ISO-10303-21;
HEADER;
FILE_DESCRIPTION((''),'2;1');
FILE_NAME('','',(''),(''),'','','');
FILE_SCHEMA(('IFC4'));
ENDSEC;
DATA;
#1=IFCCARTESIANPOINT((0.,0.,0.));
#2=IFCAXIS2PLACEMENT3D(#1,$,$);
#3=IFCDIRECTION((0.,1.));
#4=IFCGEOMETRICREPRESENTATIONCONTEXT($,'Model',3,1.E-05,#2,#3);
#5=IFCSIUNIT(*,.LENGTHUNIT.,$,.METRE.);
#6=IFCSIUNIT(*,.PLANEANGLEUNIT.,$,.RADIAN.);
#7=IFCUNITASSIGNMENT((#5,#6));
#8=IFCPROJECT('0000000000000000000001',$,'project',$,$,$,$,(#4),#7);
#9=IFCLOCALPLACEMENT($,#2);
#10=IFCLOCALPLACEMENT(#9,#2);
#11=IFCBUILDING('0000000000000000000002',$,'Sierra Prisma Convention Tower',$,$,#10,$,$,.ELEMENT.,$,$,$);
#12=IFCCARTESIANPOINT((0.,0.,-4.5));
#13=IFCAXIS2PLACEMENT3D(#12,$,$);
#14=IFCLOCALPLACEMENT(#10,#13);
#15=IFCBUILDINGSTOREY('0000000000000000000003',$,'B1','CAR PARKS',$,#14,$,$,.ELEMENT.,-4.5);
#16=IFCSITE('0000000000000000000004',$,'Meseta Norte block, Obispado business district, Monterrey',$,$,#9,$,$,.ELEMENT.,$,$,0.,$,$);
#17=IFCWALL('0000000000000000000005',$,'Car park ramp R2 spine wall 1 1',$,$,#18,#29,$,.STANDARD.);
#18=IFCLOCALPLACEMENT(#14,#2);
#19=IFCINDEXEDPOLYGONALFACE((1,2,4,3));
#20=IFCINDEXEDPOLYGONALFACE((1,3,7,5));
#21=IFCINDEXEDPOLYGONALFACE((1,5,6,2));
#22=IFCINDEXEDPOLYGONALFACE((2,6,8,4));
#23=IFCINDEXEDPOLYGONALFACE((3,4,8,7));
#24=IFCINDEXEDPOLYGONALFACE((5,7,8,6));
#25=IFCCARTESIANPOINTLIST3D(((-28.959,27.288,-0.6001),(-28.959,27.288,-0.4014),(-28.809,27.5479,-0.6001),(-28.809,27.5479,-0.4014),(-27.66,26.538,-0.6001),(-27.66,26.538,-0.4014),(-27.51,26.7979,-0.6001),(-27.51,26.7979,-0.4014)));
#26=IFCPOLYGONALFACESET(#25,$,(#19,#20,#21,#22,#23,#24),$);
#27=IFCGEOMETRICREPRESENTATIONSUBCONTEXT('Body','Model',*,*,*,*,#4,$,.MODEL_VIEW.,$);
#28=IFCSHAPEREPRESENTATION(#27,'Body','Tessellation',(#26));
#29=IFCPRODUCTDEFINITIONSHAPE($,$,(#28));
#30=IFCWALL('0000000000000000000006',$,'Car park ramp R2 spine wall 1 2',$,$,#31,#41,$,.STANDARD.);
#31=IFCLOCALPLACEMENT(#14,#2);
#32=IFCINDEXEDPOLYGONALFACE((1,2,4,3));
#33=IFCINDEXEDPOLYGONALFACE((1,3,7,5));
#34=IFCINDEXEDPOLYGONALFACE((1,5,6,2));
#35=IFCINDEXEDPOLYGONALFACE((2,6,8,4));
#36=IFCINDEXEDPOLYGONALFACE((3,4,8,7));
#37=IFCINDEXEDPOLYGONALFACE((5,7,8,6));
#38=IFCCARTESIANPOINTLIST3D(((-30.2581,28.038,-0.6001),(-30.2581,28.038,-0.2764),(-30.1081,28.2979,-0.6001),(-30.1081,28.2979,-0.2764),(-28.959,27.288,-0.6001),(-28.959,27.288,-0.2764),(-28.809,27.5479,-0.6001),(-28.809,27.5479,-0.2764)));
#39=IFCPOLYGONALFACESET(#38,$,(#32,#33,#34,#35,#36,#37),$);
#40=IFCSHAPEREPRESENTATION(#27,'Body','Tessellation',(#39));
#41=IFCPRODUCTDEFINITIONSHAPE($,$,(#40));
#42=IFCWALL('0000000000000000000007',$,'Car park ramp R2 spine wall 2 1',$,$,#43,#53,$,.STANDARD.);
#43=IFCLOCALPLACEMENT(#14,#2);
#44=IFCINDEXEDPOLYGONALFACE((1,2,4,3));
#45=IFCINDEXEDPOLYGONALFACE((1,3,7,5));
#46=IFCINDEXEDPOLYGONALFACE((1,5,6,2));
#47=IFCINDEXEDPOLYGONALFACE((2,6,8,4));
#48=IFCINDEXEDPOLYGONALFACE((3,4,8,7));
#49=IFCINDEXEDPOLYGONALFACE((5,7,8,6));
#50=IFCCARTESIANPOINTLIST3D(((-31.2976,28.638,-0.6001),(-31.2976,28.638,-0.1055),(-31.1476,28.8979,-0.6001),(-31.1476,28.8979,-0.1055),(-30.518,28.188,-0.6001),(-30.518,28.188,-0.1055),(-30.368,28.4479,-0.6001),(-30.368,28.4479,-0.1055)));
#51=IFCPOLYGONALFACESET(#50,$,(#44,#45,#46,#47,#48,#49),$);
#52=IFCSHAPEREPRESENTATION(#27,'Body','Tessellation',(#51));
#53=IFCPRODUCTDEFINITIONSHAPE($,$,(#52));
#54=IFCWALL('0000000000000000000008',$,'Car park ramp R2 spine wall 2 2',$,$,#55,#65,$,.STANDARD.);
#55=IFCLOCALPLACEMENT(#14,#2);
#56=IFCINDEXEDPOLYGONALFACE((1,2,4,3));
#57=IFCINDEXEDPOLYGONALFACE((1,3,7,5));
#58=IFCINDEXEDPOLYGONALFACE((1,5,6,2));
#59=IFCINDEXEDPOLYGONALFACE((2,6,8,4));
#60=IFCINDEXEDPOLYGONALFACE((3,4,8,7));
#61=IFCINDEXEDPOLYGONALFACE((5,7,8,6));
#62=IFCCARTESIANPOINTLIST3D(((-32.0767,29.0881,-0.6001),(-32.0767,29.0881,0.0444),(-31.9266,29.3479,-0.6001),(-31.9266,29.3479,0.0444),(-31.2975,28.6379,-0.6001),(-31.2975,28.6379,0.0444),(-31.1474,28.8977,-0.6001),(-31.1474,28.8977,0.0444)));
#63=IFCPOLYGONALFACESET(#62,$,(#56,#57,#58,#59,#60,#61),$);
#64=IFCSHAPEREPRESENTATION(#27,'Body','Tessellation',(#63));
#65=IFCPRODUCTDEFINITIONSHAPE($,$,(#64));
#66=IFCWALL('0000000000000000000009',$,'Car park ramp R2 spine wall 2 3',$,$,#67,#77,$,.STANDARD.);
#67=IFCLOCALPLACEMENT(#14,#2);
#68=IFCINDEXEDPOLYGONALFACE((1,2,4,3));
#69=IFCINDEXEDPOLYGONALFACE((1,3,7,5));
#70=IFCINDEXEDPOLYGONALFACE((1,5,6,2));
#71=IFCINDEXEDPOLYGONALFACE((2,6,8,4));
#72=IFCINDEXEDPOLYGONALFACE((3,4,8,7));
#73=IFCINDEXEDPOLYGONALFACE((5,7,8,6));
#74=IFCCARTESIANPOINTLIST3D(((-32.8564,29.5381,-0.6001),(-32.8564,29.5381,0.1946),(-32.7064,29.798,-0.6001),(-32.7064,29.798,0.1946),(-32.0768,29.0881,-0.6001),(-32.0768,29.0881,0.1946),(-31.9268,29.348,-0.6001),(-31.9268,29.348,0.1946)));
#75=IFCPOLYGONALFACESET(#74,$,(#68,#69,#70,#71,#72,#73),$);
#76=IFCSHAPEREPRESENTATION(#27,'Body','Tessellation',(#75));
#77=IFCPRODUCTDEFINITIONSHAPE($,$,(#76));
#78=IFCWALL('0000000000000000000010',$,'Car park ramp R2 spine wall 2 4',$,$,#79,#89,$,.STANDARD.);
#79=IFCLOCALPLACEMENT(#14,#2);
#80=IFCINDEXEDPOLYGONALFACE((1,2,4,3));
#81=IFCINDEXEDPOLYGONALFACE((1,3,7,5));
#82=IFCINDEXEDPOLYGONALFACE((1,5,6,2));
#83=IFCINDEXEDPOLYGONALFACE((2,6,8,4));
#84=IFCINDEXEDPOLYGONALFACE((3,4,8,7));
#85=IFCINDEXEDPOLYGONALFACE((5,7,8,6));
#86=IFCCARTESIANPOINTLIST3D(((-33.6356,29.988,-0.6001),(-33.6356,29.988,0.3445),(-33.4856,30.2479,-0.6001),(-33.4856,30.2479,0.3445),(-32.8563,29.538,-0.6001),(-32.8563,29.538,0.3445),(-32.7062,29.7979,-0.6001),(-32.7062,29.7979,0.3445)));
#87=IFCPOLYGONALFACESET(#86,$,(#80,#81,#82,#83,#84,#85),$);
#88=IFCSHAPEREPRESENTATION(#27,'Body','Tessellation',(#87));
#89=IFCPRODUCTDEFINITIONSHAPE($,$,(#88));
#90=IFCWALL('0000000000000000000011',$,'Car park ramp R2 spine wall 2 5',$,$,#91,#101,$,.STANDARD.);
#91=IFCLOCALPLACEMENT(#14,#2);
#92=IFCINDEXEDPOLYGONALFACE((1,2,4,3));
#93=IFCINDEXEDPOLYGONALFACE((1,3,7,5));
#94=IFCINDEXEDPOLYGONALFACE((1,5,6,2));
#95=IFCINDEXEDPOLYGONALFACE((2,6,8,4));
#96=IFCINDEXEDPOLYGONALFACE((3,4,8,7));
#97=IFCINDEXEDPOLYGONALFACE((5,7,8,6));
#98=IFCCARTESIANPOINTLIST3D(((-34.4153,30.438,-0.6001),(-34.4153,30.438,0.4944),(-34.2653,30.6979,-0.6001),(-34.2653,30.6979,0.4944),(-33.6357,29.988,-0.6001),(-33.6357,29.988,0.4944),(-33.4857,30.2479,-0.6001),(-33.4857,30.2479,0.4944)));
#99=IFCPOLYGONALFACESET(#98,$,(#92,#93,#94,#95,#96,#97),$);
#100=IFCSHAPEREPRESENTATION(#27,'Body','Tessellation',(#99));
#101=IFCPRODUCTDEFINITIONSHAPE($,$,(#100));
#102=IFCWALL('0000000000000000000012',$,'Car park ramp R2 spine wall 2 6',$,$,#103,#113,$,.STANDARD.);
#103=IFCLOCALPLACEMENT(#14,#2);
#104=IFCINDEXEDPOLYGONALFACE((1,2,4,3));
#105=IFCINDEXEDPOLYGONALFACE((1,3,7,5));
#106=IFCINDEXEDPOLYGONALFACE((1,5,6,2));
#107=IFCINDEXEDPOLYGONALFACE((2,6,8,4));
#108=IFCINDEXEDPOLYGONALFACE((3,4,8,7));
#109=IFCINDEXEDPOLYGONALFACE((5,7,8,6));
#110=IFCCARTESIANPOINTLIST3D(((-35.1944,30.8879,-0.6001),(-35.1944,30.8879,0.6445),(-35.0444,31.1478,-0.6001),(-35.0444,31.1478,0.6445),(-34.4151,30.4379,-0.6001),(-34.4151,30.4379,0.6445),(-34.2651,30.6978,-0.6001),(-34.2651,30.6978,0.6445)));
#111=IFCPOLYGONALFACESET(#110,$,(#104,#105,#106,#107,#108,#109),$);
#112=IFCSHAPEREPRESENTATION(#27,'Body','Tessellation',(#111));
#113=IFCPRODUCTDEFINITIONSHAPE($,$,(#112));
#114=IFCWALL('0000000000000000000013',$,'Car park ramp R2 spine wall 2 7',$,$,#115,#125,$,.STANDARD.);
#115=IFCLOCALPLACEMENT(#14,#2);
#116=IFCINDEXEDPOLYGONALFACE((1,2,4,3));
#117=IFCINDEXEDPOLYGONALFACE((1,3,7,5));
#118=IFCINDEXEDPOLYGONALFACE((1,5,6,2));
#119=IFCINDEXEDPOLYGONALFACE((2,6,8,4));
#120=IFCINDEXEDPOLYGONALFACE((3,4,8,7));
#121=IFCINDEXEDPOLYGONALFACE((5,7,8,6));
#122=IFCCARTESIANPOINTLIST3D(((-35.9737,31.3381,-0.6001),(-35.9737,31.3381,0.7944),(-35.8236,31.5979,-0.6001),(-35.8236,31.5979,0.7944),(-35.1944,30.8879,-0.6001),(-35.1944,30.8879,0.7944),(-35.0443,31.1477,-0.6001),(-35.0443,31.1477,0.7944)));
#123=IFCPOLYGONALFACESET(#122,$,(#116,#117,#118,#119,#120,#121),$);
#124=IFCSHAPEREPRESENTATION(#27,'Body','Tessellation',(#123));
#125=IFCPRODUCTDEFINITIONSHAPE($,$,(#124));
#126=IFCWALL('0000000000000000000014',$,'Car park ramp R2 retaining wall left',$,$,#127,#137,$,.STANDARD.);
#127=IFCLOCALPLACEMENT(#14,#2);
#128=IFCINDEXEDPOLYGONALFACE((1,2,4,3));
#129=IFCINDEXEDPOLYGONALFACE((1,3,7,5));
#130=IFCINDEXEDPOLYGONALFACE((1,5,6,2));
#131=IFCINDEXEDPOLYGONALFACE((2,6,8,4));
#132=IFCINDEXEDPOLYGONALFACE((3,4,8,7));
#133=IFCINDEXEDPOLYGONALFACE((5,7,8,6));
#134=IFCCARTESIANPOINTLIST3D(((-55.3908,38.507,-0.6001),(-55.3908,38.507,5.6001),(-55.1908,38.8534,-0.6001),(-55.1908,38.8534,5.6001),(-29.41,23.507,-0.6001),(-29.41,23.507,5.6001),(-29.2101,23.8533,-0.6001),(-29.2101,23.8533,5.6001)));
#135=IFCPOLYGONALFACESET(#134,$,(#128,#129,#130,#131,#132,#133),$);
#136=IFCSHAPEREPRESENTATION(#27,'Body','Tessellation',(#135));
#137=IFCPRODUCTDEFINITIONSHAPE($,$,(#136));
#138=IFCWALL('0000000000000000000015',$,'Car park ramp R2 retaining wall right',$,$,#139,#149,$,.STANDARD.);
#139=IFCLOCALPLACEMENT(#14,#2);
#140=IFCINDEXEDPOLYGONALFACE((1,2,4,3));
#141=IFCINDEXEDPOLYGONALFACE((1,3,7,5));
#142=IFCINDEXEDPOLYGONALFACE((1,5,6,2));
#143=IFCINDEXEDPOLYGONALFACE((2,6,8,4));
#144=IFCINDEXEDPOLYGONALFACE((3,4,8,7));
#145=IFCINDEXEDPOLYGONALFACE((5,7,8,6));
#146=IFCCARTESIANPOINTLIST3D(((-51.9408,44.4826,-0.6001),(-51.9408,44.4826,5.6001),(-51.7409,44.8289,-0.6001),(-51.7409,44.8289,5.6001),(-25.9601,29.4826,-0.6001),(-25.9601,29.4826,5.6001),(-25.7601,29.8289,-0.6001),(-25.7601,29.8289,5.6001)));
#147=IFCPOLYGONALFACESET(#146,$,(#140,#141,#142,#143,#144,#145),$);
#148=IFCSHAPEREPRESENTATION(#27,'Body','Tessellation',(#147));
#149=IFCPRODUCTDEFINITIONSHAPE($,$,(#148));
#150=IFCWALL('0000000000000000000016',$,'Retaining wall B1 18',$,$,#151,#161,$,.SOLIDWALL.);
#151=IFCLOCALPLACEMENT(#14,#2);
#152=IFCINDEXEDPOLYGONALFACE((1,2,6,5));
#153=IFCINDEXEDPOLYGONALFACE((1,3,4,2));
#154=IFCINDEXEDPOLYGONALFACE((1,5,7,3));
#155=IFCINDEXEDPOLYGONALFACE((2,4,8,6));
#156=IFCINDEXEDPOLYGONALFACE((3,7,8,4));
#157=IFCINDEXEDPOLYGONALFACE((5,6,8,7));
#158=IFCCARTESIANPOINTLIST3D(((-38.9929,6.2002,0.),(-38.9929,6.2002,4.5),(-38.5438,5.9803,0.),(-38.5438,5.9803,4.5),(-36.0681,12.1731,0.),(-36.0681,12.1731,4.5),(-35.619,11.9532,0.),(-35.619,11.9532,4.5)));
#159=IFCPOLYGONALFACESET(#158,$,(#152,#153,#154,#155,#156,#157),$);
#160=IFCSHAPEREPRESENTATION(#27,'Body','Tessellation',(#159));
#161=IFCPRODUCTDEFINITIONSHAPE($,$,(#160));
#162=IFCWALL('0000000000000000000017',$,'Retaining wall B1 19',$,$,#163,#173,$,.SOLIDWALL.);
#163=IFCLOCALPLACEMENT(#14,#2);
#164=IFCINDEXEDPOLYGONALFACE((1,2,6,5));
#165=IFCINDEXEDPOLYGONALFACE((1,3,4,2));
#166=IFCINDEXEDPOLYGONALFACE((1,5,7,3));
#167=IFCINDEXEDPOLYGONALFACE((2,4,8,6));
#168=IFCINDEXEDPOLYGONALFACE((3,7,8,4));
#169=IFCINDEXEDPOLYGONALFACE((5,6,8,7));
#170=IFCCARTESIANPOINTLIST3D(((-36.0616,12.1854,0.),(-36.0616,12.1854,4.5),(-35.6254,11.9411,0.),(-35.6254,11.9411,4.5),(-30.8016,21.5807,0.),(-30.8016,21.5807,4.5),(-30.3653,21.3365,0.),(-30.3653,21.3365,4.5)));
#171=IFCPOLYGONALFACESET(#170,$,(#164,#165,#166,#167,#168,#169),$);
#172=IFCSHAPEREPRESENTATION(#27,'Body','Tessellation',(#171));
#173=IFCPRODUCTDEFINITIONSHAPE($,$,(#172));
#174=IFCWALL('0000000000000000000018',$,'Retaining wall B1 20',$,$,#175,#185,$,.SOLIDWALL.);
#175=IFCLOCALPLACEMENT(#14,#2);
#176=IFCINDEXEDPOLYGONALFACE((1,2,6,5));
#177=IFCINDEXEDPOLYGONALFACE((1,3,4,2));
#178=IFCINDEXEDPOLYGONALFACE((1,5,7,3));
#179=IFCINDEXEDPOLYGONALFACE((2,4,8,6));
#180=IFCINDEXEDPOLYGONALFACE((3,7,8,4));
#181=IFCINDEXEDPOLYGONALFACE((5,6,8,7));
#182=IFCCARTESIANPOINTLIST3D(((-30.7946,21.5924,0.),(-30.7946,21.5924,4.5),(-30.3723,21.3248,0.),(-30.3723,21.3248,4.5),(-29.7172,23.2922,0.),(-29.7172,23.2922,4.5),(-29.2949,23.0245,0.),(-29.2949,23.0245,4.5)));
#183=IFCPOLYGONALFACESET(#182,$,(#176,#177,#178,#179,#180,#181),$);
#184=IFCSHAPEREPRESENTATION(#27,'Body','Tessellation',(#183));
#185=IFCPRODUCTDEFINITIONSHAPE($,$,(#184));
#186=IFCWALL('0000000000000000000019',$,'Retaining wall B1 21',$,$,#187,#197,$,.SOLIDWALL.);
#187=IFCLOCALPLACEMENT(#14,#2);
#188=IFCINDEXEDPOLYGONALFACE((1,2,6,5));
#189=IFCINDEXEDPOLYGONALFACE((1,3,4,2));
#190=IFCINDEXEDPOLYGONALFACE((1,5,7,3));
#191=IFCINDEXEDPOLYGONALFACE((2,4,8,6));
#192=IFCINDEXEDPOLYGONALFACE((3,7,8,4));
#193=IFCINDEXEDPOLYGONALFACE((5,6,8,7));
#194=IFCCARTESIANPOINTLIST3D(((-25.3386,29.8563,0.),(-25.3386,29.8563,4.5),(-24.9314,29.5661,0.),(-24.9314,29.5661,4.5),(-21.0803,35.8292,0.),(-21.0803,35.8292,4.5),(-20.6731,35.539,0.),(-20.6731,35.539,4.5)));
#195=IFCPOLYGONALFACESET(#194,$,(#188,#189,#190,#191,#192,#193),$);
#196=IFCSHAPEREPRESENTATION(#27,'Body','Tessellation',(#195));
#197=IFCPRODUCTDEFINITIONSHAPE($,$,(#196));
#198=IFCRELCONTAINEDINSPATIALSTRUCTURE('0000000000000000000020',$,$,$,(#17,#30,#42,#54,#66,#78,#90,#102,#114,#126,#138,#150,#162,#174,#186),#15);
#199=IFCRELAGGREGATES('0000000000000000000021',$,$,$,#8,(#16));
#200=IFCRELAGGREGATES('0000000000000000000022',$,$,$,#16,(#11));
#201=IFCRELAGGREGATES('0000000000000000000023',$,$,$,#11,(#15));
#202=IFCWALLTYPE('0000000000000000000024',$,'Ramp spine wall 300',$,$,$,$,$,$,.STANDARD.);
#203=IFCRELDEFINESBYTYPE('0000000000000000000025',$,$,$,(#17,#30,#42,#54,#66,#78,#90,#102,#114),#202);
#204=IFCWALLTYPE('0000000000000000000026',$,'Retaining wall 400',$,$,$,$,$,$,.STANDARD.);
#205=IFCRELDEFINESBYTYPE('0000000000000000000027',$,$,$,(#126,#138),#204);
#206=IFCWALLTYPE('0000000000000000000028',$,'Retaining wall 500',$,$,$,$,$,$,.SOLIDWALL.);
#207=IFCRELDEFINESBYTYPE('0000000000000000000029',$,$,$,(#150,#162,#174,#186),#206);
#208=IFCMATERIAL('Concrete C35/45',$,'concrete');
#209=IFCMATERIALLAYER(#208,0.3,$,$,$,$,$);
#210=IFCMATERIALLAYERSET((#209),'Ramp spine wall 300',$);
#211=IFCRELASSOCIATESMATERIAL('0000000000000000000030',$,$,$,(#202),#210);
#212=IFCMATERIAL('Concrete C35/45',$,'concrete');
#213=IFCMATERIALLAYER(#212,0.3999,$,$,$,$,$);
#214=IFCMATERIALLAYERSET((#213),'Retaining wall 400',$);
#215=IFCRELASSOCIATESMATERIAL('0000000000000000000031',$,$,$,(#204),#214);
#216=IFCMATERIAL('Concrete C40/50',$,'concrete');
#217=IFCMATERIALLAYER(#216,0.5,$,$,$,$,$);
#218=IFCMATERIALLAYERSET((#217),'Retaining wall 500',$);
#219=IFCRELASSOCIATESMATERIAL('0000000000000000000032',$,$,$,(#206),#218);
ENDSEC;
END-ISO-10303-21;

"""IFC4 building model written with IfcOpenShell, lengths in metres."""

from ifc_helpers import new_model, si_unit, direction, frame, frame_2d, origin, place, context, subcontext, project, spatial, rectangle, extrude, material, layer, layer_set, type_object, element, save


model = new_model("IFC4")

# Units and contexts
model_context = context("Model", 3, precision=1e-05, world=origin(), true_north=direction((0.0, 1.0)))
body_context = subcontext(model_context, "Body", "Model", "MODEL_VIEW")
ifc_project = project(units=[si_unit("LENGTHUNIT", "METRE"), si_unit("PLANEANGLEUNIT", "RADIAN")], contexts=[model_context])

# Site, building, storey
site_placement = place(None, origin())
site = spatial("IfcSite", under=ifc_project, at=site_placement, Name="Meseta Norte block, Obispado business district, Monterrey", CompositionType="ELEMENT", RefElevation=0.0)
building_placement = place(site_placement, origin())
building = spatial("IfcBuilding", under=site, at=building_placement, Name="Sierra Prisma Convention Tower", CompositionType="ELEMENT")
storey_placement = place(building_placement, frame((0.0, 0.0, -4.5)))
storey = spatial("IfcBuildingStorey", under=building, at=storey_placement, Name="B1", Description="CAR PARKS", CompositionType="ELEMENT", Elevation=-4.5)

# Walls
ifc_material_1 = material(Name="Concrete C35/45", Category="concrete")
ifc_layer_1 = layer(ifc_material_1, 0.3)
ifc_layer_set_1 = layer_set([ifc_layer_1], Name="Ramp spine wall 300")
wall_type_1 = type_object("IfcWallType", Name="Ramp spine wall 300", PredefinedType="STANDARD", material=ifc_layer_set_1)
wall_1_placement = place(storey_placement, frame((-27.585, 26.668, -0.6001), z_axis=(0.0, 0.0, 1.0), x_axis=(-0.866031, 0.49999, 0.0)))
element("IfcWall", 1, at=wall_1_placement, inside=storey, type_object=wall_type_1, Name="Car park ramp R2 spine wall 1 1", PredefinedType="STANDARD", context=body_context, shape_type="SweptSolid", body=[
    extrude(rectangle(XDim=1.5, YDim=0.3, at=frame_2d((0.75, 0.0))), origin(), (0.0, 0.0, 1.0), 0.1987),
])
wall_2_placement = place(storey_placement, frame((-28.884, 27.418, -0.6001), z_axis=(0.0, 0.0, 1.0), x_axis=(-0.866031, 0.49999, 0.0)))
element("IfcWall", 2, at=wall_2_placement, inside=storey, type_object=wall_type_1, Name="Car park ramp R2 spine wall 1 2", PredefinedType="STANDARD", context=body_context, shape_type="SweptSolid", body=[
    extrude(rectangle(XDim=1.5, YDim=0.3, at=frame_2d((0.75, 0.0))), origin(), (0.0, 0.0, 1.0), 0.3237),
])
wall_3_placement = place(storey_placement, frame((-30.4429, 28.3179, -0.6001), z_axis=(0.0, 0.0, 1.0), x_axis=(-0.866082, 0.499902, 0.0)))
element("IfcWall", 3, at=wall_3_placement, inside=storey, type_object=wall_type_1, Name="Car park ramp R2 spine wall 2 1", PredefinedType="STANDARD", context=body_context, shape_type="SweptSolid", body=[
    extrude(rectangle(XDim=0.9001, YDim=0.3, at=frame_2d((0.4502, 0.0))), origin(), (0.0, 0.0, 1.0), 0.4946),
])
wall_4_placement = place(storey_placement, frame((-31.2224, 28.7678, -0.6001), z_axis=(0.0, 0.0, 1.0), x_axis=(-0.865896, 0.500223, 0.0)))
element("IfcWall", 4, at=wall_4_placement, inside=storey, type_object=wall_type_1, Name="Car park ramp R2 spine wall 2 2", PredefinedType="STANDARD", context=body_context, shape_type="SweptSolid", body=[
    extrude(rectangle(XDim=0.8999, YDim=0.3, at=frame_2d((0.45, 0.0))), origin(), (0.0, 0.0, 1.0), 0.6445),
])
wall_5_placement = place(storey_placement, frame((-32.0017, 29.218, -0.6001), z_axis=(0.0, 0.0, 1.0), x_axis=(-0.866082, 0.499902, 0.0)))
element("IfcWall", 5, at=wall_5_placement, inside=storey, type_object=wall_type_1, Name="Car park ramp R2 spine wall 2 3", PredefinedType="STANDARD", context=body_context, shape_type="SweptSolid", body=[
    extrude(rectangle(XDim=0.9001, YDim=0.3, at=frame_2d((0.4502, 0.0))), origin(), (0.0, 0.0, 1.0), 0.7947),
])
wall_6_placement = place(storey_placement, frame((-32.7812, 29.668, -0.6001), z_axis=(0.0, 0.0, 1.0), x_axis=(-0.866014, 0.50002, 0.0)))
element("IfcWall", 6, at=wall_6_placement, inside=storey, type_object=wall_type_1, Name="Car park ramp R2 spine wall 2 4", PredefinedType="STANDARD", context=body_context, shape_type="SweptSolid", body=[
    extrude(rectangle(XDim=0.8999, YDim=0.3, at=frame_2d((0.45, 0.0))), origin(), (0.0, 0.0, 1.0), 0.9446),
])
wall_7_placement = place(storey_placement, frame((-33.5605, 30.1179, -0.6001), z_axis=(0.0, 0.0, 1.0), x_axis=(-0.866082, 0.499902, 0.0)))
element("IfcWall", 7, at=wall_7_placement, inside=storey, type_object=wall_type_1, Name="Car park ramp R2 spine wall 2 5", PredefinedType="STANDARD", context=body_context, shape_type="SweptSolid", body=[
    extrude(rectangle(XDim=0.9001, YDim=0.3, at=frame_2d((0.4502, 0.0))), origin(), (0.0, 0.0, 1.0), 1.0945),
])
wall_8_placement = place(storey_placement, frame((-34.3401, 30.5679, -0.6001), z_axis=(0.0, 0.0, 1.0), x_axis=(-0.866014, 0.50002, 0.0)))
element("IfcWall", 8, at=wall_8_placement, inside=storey, type_object=wall_type_1, Name="Car park ramp R2 spine wall 2 6", PredefinedType="STANDARD", context=body_context, shape_type="SweptSolid", body=[
    extrude(rectangle(XDim=0.8999, YDim=0.3, at=frame_2d((0.45, 0.0))), origin(), (0.0, 0.0, 1.0), 1.2446),
])
wall_9_placement = place(storey_placement, frame((-35.1194, 31.0178, -0.6001), z_axis=(0.0, 0.0, 1.0), x_axis=(-0.865896, 0.500223, 0.0)))
element("IfcWall", 9, at=wall_9_placement, inside=storey, type_object=wall_type_1, Name="Car park ramp R2 spine wall 2 7", PredefinedType="STANDARD", context=body_context, shape_type="SweptSolid", body=[
    extrude(rectangle(XDim=0.8999, YDim=0.3, at=frame_2d((0.45, 0.0))), origin(), (0.0, 0.0, 1.0), 1.3945),
])
ifc_material_2 = material(Name="Concrete C35/45", Category="concrete")
ifc_layer_2 = layer(ifc_material_2, 0.3999)
ifc_layer_set_2 = layer_set([ifc_layer_2], Name="Retaining wall 400")
wall_type_2 = type_object("IfcWallType", Name="Retaining wall 400", PredefinedType="STANDARD", material=ifc_layer_set_2)
for number, where, z_axis, x_axis, name in (
    (10, (-29.3101, 23.6802, -0.6001), (0.0, 0.0, 1.0), (-0.866025, 0.500001, 0.0), "Car park ramp R2 retaining wall left"),
    (11, (-25.8601, 29.6558, -0.6001), (0.0, 0.0, 1.0), (-0.866025, 0.500001, 0.0), "Car park ramp R2 retaining wall right"),
):
    element("IfcWall", number, at=place(storey_placement, frame(where, z_axis=z_axis, x_axis=x_axis)), inside=storey, type_object=wall_type_2, Name=name, PredefinedType="STANDARD", context=body_context, shape_type="SweptSolid", body=[
        extrude(rectangle(XDim=30.0, YDim=0.3999, at=frame_2d((15.0, 0.0))), origin(), (0.0, 0.0, 1.0), 6.2002),
    ])
ifc_material_3 = material(Name="Concrete C40/50", Category="concrete")
ifc_layer_3 = layer(ifc_material_3, 0.5)
ifc_layer_set_3 = layer_set([ifc_layer_3], Name="Retaining wall 500")
wall_type_3 = type_object("IfcWallType", Name="Retaining wall 500", PredefinedType="SOLIDWALL", material=ifc_layer_set_3)
wall_10_placement = place(storey_placement, frame((-38.7683, 6.0903, 0.0), z_axis=(0.0, 0.0, 1.0), x_axis=(0.439783, 0.898104, 0.0)))
element("IfcWall", 12, at=wall_10_placement, inside=storey, type_object=wall_type_3, Name="Retaining wall B1 18", PredefinedType="SOLIDWALL", context=body_context, shape_type="SweptSolid", body=[
    extrude(rectangle(XDim=6.6506, YDim=0.5, at=frame_2d((3.3252, 0.0))), origin(), (0.0, 0.0, 1.0), 4.5),
])
wall_11_placement = place(storey_placement, frame((-35.8435, 12.0632, 0.0), z_axis=(0.0, 0.0, 1.0), x_axis=(0.488509, 0.872559, 0.0)))
element("IfcWall", 13, at=wall_11_placement, inside=storey, type_object=wall_type_3, Name="Retaining wall B1 19", PredefinedType="SOLIDWALL", context=body_context, shape_type="SweptSolid", body=[
    extrude(rectangle(XDim=10.7676, YDim=0.5, at=frame_2d((5.3838, 0.0))), origin(), (0.0, 0.0, 1.0), 4.5),
])
wall_12_placement = place(storey_placement, frame((-30.5835, 21.4585, 0.0), z_axis=(0.0, 0.0, 1.0), x_axis=(0.535375, 0.844614, 0.0)))
element("IfcWall", 14, at=wall_12_placement, inside=storey, type_object=wall_type_3, Name="Retaining wall B1 20", PredefinedType="SOLIDWALL", context=body_context, shape_type="SweptSolid", body=[
    extrude(rectangle(XDim=2.0125, YDim=0.5, at=frame_2d((1.0063, 0.0))), origin(), (0.0, 0.0, 1.0), 4.5),
])
wall_13_placement = place(storey_placement, frame((-25.135, 29.7112, 0.0), z_axis=(0.0, 0.0, 1.0), x_axis=(0.580511, 0.814253, 0.0)))
element("IfcWall", 15, at=wall_13_placement, inside=storey, type_object=wall_type_3, Name="Retaining wall B1 21", PredefinedType="SOLIDWALL", context=body_context, shape_type="SweptSolid", body=[
    extrude(rectangle(XDim=7.3354, YDim=0.5, at=frame_2d((3.6677, 0.0))), origin(), (0.0, 0.0, 1.0), 4.5),
])

save(model, "model.ifc")
